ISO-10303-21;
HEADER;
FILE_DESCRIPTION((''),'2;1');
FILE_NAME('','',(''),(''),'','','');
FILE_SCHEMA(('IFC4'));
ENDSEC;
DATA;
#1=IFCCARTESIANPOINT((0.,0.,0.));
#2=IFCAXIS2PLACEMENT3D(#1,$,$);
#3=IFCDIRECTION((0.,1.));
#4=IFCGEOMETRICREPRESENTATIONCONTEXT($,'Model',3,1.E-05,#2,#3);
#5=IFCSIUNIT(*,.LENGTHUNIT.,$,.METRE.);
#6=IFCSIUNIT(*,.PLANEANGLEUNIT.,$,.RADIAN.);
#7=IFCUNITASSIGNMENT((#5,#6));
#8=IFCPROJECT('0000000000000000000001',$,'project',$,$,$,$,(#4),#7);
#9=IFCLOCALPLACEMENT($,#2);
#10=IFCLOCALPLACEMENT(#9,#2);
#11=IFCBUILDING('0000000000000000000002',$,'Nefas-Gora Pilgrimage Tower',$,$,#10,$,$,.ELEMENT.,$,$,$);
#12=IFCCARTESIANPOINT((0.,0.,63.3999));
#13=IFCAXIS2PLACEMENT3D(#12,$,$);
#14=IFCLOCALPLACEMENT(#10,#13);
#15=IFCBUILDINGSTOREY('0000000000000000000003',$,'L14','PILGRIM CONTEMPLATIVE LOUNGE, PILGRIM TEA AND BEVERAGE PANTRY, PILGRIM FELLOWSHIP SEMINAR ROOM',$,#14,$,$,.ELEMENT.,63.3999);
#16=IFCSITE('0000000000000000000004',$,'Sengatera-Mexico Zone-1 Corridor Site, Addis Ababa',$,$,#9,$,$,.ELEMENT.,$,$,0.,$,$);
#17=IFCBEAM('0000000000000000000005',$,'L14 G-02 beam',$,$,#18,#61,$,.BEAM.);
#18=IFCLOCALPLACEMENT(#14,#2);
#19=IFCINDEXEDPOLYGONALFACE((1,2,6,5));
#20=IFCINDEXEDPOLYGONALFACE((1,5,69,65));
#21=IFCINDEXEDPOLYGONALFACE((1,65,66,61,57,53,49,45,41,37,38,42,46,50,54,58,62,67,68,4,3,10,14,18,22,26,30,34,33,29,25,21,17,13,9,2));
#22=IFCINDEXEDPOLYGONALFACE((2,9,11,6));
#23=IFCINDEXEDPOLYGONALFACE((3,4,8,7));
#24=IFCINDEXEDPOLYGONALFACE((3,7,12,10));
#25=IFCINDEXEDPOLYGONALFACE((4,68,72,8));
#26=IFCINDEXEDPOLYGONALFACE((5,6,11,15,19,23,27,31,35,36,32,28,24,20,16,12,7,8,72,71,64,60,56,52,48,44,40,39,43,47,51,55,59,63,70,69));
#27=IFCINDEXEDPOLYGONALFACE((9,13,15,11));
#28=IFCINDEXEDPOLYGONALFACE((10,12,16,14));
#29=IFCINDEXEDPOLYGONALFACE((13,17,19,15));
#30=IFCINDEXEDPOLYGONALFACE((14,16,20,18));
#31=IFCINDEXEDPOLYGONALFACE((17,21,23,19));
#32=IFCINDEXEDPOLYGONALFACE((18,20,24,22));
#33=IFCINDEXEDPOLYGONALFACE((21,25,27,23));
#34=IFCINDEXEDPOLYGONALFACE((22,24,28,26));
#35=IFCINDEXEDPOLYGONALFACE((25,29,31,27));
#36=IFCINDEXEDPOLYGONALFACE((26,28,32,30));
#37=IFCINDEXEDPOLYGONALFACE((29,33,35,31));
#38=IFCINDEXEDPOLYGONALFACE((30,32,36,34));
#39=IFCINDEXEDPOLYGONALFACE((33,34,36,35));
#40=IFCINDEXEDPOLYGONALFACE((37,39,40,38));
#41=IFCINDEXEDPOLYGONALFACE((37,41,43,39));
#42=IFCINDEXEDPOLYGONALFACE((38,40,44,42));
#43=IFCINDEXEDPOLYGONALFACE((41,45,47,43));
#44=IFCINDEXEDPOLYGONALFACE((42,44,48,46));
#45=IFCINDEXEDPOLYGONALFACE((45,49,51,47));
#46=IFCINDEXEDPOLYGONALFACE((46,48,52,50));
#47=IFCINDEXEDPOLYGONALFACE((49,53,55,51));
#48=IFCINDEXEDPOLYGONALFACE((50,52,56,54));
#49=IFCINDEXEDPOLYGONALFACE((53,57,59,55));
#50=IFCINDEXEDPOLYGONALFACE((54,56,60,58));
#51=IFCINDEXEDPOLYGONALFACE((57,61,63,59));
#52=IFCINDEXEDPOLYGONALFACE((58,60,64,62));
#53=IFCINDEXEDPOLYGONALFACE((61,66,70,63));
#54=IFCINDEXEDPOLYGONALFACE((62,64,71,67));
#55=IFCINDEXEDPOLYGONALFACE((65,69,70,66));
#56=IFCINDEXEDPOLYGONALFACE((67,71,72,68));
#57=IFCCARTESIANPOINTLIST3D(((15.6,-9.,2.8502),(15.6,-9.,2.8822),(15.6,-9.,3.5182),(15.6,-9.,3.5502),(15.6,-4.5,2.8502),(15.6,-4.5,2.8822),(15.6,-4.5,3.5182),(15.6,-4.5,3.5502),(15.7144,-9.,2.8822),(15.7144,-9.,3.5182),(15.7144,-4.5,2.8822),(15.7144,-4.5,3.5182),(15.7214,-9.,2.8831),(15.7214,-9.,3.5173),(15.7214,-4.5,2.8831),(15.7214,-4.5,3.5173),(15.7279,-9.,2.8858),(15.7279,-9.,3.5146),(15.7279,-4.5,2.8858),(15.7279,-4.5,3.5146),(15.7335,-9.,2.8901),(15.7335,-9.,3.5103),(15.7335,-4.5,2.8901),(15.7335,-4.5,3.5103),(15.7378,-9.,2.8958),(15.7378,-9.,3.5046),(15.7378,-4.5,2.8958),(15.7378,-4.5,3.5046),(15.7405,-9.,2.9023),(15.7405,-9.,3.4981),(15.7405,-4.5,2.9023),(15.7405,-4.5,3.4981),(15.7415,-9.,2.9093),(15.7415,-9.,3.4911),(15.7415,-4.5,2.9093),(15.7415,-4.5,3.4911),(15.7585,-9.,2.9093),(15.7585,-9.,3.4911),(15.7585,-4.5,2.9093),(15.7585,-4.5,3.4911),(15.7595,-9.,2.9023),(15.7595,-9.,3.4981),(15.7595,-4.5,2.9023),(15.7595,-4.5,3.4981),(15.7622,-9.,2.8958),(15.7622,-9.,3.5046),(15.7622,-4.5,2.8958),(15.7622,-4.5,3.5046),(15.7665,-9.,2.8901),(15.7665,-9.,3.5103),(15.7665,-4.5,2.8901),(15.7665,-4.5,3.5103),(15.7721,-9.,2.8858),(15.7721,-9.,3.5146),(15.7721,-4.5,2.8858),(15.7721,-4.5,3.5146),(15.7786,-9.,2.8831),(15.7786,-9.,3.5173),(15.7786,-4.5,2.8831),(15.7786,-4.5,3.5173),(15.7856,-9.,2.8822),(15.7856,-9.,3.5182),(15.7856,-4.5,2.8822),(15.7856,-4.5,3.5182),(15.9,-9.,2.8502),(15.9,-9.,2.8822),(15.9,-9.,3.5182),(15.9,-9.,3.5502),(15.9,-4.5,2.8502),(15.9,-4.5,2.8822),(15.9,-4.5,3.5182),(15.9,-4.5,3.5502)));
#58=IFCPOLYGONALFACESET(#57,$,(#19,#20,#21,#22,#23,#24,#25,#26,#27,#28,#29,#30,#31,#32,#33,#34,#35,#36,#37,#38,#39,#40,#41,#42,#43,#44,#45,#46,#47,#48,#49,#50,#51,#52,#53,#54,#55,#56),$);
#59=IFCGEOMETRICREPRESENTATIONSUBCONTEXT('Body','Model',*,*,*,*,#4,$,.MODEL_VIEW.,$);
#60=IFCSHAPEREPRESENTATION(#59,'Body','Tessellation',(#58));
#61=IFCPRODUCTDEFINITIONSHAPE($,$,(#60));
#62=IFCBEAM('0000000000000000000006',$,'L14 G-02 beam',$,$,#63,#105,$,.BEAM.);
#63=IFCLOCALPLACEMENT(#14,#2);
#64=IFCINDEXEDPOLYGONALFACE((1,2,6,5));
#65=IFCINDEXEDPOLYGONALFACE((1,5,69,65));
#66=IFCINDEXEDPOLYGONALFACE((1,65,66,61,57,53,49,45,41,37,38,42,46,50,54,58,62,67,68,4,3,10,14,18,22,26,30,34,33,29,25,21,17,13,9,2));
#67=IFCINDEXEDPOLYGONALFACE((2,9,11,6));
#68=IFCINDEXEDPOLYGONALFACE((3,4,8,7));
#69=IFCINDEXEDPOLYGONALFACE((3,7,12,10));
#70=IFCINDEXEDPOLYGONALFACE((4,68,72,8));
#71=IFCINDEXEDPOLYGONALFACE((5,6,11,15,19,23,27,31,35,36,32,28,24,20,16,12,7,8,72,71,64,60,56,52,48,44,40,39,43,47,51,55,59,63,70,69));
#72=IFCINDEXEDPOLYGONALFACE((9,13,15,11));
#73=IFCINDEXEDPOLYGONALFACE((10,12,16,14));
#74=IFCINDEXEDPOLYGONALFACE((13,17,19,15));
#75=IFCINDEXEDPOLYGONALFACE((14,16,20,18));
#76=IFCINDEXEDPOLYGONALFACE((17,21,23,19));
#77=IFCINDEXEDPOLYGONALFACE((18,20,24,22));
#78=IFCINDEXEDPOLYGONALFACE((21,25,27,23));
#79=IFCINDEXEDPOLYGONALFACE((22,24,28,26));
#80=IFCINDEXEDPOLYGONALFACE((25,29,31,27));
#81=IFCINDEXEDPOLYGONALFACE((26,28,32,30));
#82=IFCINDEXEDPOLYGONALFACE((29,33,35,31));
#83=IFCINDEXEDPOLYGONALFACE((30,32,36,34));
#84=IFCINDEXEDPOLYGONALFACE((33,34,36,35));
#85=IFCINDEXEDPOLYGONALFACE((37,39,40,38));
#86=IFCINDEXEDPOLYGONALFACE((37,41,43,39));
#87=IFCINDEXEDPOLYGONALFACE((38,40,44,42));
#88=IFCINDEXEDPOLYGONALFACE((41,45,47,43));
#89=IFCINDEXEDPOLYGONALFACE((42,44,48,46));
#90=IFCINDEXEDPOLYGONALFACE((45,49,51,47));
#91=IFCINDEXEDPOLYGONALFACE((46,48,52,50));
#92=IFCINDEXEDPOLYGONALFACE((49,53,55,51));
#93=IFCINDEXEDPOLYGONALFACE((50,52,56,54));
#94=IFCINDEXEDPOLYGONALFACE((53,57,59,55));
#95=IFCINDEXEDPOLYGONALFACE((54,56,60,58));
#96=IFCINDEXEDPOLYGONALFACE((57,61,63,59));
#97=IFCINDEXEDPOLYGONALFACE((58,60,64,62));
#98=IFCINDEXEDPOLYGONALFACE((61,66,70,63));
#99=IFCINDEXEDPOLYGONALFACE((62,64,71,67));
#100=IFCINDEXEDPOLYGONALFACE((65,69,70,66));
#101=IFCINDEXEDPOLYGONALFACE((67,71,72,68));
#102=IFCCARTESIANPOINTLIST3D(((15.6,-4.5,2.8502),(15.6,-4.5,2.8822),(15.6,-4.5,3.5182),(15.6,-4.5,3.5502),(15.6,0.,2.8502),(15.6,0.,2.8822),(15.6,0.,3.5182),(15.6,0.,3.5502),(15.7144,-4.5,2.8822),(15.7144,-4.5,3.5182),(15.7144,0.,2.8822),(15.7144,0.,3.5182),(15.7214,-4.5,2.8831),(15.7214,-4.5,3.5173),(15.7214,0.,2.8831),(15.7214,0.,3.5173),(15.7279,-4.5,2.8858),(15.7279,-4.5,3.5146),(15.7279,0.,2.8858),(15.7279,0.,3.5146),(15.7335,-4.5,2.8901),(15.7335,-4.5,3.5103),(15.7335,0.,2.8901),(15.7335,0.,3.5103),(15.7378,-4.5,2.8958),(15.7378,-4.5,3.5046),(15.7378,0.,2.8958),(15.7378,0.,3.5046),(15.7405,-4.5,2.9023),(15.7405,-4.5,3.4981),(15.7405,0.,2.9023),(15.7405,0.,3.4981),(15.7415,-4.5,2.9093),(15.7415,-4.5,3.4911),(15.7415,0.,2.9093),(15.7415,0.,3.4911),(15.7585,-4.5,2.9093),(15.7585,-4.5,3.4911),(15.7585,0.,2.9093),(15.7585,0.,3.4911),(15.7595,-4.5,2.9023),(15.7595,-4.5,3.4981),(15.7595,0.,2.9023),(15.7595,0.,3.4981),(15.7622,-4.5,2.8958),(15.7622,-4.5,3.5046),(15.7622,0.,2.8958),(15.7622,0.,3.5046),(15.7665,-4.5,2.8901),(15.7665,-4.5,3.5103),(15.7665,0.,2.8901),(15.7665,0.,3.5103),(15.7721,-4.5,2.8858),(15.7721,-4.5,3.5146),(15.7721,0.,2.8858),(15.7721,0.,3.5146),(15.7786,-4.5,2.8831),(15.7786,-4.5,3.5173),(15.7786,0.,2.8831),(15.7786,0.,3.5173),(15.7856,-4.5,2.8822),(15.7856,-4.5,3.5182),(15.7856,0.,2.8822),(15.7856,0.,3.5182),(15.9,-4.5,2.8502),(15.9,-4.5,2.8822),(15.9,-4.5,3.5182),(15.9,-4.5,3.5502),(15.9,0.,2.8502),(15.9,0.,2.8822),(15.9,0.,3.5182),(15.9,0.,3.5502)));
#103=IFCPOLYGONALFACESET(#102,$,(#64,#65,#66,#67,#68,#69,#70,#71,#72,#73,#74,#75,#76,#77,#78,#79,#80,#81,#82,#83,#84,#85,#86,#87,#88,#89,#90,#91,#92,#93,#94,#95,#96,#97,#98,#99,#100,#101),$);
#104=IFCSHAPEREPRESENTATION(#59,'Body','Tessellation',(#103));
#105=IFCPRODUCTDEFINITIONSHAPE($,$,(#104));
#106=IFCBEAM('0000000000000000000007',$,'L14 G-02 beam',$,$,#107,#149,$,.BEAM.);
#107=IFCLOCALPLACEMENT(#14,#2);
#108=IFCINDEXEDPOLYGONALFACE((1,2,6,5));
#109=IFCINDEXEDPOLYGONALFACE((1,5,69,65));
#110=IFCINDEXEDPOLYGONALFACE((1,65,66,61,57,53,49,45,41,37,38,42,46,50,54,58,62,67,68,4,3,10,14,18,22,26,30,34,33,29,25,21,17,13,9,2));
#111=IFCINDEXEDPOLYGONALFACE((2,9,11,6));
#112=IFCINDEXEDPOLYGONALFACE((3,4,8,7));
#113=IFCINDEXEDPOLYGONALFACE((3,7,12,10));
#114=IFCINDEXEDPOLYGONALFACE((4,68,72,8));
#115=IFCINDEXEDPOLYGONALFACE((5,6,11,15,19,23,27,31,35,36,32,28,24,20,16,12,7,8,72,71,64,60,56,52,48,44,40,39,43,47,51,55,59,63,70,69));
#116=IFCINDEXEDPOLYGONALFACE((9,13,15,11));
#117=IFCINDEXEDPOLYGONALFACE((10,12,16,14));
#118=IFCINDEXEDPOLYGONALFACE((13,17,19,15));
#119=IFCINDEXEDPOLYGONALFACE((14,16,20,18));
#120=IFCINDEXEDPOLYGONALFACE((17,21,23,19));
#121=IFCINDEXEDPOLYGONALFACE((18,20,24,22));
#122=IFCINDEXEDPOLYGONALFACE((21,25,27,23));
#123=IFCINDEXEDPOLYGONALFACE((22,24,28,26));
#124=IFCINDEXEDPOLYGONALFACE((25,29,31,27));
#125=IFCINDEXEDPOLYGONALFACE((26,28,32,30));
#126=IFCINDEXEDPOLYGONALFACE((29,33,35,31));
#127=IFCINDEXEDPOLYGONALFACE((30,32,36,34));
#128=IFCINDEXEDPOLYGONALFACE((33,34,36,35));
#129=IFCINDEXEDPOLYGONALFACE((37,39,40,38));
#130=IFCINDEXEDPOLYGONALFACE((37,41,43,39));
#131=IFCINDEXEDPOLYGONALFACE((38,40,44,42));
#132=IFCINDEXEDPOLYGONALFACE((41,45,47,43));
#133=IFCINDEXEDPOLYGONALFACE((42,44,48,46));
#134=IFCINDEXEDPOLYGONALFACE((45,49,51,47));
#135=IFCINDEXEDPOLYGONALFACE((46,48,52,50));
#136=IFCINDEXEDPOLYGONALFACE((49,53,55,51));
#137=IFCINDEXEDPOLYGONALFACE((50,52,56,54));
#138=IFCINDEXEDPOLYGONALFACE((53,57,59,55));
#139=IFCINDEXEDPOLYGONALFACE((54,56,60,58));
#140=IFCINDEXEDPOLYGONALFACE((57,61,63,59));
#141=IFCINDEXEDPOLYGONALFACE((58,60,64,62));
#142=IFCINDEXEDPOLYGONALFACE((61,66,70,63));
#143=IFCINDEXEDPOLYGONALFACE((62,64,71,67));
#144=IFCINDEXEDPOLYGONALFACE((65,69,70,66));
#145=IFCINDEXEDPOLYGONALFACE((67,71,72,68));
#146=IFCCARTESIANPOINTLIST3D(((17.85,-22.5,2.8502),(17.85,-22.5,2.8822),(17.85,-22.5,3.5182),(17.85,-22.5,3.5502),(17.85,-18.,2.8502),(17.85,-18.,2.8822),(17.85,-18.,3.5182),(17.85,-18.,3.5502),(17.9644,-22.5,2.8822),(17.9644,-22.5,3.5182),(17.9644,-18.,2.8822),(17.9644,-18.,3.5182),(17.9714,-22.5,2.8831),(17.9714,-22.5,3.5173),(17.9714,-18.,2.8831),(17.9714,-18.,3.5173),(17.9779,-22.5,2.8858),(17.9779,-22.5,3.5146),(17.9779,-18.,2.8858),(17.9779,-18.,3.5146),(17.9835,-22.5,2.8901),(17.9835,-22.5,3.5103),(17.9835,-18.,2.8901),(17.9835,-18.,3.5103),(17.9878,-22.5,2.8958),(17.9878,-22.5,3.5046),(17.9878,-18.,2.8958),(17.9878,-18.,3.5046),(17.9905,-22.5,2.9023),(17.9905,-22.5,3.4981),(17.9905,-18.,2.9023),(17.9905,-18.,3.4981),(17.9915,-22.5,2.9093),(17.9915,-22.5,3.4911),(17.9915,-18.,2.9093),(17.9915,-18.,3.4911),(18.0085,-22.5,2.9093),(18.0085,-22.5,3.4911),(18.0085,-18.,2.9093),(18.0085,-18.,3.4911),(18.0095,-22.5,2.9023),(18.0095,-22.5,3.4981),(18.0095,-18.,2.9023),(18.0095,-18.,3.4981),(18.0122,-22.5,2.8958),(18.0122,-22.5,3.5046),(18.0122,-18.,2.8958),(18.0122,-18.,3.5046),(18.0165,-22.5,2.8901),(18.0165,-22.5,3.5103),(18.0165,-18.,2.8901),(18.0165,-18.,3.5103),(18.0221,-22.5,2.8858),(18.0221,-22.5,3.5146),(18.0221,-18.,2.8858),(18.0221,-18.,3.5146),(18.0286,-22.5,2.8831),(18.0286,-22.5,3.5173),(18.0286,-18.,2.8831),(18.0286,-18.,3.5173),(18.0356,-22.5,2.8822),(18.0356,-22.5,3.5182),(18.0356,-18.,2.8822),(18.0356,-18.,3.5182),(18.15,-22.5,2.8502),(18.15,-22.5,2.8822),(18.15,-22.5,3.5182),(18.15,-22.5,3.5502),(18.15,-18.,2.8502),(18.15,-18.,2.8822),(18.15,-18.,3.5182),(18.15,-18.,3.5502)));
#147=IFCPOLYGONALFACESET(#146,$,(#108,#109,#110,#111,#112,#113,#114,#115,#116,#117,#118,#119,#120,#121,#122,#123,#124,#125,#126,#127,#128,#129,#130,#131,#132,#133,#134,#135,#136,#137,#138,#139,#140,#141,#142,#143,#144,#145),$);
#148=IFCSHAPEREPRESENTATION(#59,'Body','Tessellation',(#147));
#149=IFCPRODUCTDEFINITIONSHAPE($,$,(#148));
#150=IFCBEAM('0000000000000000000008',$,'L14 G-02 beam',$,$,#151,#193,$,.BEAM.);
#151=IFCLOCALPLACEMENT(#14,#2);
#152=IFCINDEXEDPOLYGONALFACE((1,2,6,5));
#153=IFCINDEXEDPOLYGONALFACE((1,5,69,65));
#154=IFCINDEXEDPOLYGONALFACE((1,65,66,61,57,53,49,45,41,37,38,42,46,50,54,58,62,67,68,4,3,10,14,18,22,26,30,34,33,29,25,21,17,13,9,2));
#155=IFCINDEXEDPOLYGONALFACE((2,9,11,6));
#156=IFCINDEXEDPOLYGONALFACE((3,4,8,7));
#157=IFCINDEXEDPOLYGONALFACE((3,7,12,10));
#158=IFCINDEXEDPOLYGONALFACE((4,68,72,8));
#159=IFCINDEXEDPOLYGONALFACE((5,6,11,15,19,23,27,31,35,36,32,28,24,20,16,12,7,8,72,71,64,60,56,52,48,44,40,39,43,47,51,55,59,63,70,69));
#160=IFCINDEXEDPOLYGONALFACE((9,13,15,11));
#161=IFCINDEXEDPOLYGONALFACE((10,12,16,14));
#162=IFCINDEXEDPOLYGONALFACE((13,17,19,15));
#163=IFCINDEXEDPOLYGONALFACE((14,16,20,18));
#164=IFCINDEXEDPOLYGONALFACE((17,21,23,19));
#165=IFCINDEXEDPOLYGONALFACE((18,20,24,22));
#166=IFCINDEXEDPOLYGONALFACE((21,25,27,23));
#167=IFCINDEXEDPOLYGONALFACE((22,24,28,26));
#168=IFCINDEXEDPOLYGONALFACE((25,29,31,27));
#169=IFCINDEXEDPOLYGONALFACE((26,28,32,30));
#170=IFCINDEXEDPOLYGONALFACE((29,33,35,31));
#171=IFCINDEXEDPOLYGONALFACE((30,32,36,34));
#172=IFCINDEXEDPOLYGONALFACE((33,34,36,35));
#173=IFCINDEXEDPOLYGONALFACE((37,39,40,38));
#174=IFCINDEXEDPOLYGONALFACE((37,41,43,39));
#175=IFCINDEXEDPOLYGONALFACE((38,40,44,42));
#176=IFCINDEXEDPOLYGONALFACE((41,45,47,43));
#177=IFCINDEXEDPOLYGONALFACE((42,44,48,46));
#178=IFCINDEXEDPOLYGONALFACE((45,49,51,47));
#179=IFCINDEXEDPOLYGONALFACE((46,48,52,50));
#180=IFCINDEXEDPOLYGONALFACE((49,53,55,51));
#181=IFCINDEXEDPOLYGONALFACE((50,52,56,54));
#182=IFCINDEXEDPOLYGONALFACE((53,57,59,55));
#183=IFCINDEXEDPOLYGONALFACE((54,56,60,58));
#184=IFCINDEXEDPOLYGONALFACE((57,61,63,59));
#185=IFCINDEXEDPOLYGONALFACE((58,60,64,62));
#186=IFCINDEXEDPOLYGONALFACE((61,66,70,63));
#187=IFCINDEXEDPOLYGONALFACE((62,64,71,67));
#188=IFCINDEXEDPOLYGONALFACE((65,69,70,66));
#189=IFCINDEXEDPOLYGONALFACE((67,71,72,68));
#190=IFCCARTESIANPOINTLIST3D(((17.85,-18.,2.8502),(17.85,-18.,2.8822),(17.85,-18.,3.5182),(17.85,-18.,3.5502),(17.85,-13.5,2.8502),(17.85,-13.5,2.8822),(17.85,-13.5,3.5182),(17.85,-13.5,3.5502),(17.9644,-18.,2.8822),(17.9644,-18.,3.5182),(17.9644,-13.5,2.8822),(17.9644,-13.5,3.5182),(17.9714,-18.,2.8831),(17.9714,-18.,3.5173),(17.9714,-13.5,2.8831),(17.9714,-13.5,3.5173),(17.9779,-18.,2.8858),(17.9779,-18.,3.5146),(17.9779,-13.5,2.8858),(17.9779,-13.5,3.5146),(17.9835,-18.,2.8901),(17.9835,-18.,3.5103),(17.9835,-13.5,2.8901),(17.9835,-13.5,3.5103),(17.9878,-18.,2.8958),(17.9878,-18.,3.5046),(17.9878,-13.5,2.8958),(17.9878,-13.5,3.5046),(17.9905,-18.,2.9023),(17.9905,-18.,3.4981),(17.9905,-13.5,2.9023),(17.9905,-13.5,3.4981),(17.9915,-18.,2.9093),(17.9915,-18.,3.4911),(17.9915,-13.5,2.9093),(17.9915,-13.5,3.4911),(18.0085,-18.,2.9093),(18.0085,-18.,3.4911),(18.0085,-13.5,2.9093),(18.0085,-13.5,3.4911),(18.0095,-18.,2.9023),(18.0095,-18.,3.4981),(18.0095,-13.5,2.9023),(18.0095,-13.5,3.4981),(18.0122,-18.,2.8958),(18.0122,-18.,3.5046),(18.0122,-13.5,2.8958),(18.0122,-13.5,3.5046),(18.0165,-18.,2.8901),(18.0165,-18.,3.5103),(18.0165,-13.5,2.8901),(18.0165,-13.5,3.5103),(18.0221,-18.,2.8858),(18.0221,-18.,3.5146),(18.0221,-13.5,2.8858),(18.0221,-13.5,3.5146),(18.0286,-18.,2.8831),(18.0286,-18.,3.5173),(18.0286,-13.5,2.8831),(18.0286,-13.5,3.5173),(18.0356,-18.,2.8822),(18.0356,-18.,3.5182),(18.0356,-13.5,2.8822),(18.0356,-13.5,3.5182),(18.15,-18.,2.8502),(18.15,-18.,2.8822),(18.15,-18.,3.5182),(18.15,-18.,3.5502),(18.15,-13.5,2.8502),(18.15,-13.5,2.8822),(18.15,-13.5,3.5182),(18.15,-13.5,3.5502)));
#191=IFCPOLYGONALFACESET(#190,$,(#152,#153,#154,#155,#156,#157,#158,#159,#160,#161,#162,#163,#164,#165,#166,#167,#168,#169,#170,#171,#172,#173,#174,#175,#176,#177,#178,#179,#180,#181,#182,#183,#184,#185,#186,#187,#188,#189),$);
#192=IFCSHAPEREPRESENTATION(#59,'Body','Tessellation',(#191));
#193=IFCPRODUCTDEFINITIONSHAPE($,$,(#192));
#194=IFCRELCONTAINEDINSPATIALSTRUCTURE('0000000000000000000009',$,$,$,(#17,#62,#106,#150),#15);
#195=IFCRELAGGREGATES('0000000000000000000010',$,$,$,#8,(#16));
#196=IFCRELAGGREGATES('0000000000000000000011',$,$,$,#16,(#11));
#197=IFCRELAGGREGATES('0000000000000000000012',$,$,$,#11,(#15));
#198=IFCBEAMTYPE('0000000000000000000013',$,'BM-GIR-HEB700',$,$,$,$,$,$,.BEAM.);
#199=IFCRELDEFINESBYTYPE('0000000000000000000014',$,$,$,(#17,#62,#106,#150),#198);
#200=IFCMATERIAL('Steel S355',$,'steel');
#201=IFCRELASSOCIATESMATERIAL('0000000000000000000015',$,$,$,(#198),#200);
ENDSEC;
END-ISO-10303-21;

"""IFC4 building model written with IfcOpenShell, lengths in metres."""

from ifc_helpers import new_model, si_unit, direction, frame, origin, origin_2d, place, context, subcontext, project, spatial, i_section, extrude, source, transform, mapped, material, material_profile, profile_set, type_object, element, save


model = new_model("IFC4")

# Units and contexts
model_context = context("Model", 3, precision=1e-05, world=origin(), true_north=direction((0.0, 1.0)))
body_context = subcontext(model_context, "Body", "Model", "MODEL_VIEW")
ifc_project = project(units=[si_unit("LENGTHUNIT", "METRE"), si_unit("PLANEANGLEUNIT", "RADIAN")], contexts=[model_context])

# Site, building, storey
site_placement = place(None, origin())
site = spatial("IfcSite", under=ifc_project, at=site_placement, Name="Sengatera-Mexico Zone-1 Corridor Site, Addis Ababa", CompositionType="ELEMENT", RefElevation=0.0)
building_placement = place(site_placement, origin())
building = spatial("IfcBuilding", under=site, at=building_placement, Name="Nefas-Gora Pilgrimage Tower", CompositionType="ELEMENT")
storey_placement = place(building_placement, frame((0.0, 0.0, 63.3999)))
storey = spatial("IfcBuildingStorey", under=building, at=storey_placement, Name="L14", Description="PILGRIM CONTEMPLATIVE LOUNGE, PILGRIM TEA AND BEVERAGE PANTRY, PILGRIM FELLOWSHIP SEMINAR ROOM", CompositionType="ELEMENT", Elevation=63.3999)

# Beams
ifc_material_1 = material(Name="Steel S355", Category="steel")
ifc_material_profile_1 = material_profile(ifc_material_1, i_section(OverallWidth=0.3, OverallDepth=0.7, WebThickness=0.0171, FlangeThickness=0.032, FilletRadius=0.0271, at=origin_2d()), Name="HEB 700")
ifc_profile_set_1 = profile_set([ifc_material_profile_1], Name="Steel S355")
beam_type_1 = type_object("IfcBeamType", Name="BM-GIR-HEB700", PredefinedType="BEAM", material=ifc_profile_set_1)
shared_shape_1 = source(origin(), body_context, "Body", "SweptSolid", [
    extrude(i_section(OverallWidth=0.3, OverallDepth=0.7, WebThickness=0.0171, FlangeThickness=0.032, FilletRadius=0.0271, at=origin_2d()), origin(), (0.0, 0.0, 1.0), 4.5),
])
for number, where, z_axis, x_axis, name in (
    (1, (15.75, -9.0, 3.2002), (0.0, 1.0, 0.0), (-1.0, 0.0, 0.0), "L14 G-02 beam"),
    (2, (15.75, -4.5, 3.2002), (0.0, 1.0, 0.0), (-1.0, 0.0, 0.0), "L14 G-02 beam"),
    (3, (18.0, -22.5, 3.2002), (0.0, 1.0, 0.0), (-1.0, 0.0, 0.0), "L14 G-02 beam"),
    (4, (18.0, -18.0, 3.2002), (0.0, 1.0, 0.0), (-1.0, 0.0, 0.0), "L14 G-02 beam"),
):
    element("IfcBeam", number, at=place(storey_placement, frame(where, z_axis=z_axis, x_axis=x_axis)), inside=storey, type_object=beam_type_1, Name=name, PredefinedType="BEAM", context=body_context, shape_type="MappedRepresentation", body=[
        mapped(shared_shape_1, transform((0.0, 0.0, 0.0), x_axis=(1.0, 0.0, 0.0), y_axis=(0.0, 1.0, 0.0), z_axis=(0.0, 0.0, 1.0), scale=1.0)),
    ])

save(model, "model.ifc")
